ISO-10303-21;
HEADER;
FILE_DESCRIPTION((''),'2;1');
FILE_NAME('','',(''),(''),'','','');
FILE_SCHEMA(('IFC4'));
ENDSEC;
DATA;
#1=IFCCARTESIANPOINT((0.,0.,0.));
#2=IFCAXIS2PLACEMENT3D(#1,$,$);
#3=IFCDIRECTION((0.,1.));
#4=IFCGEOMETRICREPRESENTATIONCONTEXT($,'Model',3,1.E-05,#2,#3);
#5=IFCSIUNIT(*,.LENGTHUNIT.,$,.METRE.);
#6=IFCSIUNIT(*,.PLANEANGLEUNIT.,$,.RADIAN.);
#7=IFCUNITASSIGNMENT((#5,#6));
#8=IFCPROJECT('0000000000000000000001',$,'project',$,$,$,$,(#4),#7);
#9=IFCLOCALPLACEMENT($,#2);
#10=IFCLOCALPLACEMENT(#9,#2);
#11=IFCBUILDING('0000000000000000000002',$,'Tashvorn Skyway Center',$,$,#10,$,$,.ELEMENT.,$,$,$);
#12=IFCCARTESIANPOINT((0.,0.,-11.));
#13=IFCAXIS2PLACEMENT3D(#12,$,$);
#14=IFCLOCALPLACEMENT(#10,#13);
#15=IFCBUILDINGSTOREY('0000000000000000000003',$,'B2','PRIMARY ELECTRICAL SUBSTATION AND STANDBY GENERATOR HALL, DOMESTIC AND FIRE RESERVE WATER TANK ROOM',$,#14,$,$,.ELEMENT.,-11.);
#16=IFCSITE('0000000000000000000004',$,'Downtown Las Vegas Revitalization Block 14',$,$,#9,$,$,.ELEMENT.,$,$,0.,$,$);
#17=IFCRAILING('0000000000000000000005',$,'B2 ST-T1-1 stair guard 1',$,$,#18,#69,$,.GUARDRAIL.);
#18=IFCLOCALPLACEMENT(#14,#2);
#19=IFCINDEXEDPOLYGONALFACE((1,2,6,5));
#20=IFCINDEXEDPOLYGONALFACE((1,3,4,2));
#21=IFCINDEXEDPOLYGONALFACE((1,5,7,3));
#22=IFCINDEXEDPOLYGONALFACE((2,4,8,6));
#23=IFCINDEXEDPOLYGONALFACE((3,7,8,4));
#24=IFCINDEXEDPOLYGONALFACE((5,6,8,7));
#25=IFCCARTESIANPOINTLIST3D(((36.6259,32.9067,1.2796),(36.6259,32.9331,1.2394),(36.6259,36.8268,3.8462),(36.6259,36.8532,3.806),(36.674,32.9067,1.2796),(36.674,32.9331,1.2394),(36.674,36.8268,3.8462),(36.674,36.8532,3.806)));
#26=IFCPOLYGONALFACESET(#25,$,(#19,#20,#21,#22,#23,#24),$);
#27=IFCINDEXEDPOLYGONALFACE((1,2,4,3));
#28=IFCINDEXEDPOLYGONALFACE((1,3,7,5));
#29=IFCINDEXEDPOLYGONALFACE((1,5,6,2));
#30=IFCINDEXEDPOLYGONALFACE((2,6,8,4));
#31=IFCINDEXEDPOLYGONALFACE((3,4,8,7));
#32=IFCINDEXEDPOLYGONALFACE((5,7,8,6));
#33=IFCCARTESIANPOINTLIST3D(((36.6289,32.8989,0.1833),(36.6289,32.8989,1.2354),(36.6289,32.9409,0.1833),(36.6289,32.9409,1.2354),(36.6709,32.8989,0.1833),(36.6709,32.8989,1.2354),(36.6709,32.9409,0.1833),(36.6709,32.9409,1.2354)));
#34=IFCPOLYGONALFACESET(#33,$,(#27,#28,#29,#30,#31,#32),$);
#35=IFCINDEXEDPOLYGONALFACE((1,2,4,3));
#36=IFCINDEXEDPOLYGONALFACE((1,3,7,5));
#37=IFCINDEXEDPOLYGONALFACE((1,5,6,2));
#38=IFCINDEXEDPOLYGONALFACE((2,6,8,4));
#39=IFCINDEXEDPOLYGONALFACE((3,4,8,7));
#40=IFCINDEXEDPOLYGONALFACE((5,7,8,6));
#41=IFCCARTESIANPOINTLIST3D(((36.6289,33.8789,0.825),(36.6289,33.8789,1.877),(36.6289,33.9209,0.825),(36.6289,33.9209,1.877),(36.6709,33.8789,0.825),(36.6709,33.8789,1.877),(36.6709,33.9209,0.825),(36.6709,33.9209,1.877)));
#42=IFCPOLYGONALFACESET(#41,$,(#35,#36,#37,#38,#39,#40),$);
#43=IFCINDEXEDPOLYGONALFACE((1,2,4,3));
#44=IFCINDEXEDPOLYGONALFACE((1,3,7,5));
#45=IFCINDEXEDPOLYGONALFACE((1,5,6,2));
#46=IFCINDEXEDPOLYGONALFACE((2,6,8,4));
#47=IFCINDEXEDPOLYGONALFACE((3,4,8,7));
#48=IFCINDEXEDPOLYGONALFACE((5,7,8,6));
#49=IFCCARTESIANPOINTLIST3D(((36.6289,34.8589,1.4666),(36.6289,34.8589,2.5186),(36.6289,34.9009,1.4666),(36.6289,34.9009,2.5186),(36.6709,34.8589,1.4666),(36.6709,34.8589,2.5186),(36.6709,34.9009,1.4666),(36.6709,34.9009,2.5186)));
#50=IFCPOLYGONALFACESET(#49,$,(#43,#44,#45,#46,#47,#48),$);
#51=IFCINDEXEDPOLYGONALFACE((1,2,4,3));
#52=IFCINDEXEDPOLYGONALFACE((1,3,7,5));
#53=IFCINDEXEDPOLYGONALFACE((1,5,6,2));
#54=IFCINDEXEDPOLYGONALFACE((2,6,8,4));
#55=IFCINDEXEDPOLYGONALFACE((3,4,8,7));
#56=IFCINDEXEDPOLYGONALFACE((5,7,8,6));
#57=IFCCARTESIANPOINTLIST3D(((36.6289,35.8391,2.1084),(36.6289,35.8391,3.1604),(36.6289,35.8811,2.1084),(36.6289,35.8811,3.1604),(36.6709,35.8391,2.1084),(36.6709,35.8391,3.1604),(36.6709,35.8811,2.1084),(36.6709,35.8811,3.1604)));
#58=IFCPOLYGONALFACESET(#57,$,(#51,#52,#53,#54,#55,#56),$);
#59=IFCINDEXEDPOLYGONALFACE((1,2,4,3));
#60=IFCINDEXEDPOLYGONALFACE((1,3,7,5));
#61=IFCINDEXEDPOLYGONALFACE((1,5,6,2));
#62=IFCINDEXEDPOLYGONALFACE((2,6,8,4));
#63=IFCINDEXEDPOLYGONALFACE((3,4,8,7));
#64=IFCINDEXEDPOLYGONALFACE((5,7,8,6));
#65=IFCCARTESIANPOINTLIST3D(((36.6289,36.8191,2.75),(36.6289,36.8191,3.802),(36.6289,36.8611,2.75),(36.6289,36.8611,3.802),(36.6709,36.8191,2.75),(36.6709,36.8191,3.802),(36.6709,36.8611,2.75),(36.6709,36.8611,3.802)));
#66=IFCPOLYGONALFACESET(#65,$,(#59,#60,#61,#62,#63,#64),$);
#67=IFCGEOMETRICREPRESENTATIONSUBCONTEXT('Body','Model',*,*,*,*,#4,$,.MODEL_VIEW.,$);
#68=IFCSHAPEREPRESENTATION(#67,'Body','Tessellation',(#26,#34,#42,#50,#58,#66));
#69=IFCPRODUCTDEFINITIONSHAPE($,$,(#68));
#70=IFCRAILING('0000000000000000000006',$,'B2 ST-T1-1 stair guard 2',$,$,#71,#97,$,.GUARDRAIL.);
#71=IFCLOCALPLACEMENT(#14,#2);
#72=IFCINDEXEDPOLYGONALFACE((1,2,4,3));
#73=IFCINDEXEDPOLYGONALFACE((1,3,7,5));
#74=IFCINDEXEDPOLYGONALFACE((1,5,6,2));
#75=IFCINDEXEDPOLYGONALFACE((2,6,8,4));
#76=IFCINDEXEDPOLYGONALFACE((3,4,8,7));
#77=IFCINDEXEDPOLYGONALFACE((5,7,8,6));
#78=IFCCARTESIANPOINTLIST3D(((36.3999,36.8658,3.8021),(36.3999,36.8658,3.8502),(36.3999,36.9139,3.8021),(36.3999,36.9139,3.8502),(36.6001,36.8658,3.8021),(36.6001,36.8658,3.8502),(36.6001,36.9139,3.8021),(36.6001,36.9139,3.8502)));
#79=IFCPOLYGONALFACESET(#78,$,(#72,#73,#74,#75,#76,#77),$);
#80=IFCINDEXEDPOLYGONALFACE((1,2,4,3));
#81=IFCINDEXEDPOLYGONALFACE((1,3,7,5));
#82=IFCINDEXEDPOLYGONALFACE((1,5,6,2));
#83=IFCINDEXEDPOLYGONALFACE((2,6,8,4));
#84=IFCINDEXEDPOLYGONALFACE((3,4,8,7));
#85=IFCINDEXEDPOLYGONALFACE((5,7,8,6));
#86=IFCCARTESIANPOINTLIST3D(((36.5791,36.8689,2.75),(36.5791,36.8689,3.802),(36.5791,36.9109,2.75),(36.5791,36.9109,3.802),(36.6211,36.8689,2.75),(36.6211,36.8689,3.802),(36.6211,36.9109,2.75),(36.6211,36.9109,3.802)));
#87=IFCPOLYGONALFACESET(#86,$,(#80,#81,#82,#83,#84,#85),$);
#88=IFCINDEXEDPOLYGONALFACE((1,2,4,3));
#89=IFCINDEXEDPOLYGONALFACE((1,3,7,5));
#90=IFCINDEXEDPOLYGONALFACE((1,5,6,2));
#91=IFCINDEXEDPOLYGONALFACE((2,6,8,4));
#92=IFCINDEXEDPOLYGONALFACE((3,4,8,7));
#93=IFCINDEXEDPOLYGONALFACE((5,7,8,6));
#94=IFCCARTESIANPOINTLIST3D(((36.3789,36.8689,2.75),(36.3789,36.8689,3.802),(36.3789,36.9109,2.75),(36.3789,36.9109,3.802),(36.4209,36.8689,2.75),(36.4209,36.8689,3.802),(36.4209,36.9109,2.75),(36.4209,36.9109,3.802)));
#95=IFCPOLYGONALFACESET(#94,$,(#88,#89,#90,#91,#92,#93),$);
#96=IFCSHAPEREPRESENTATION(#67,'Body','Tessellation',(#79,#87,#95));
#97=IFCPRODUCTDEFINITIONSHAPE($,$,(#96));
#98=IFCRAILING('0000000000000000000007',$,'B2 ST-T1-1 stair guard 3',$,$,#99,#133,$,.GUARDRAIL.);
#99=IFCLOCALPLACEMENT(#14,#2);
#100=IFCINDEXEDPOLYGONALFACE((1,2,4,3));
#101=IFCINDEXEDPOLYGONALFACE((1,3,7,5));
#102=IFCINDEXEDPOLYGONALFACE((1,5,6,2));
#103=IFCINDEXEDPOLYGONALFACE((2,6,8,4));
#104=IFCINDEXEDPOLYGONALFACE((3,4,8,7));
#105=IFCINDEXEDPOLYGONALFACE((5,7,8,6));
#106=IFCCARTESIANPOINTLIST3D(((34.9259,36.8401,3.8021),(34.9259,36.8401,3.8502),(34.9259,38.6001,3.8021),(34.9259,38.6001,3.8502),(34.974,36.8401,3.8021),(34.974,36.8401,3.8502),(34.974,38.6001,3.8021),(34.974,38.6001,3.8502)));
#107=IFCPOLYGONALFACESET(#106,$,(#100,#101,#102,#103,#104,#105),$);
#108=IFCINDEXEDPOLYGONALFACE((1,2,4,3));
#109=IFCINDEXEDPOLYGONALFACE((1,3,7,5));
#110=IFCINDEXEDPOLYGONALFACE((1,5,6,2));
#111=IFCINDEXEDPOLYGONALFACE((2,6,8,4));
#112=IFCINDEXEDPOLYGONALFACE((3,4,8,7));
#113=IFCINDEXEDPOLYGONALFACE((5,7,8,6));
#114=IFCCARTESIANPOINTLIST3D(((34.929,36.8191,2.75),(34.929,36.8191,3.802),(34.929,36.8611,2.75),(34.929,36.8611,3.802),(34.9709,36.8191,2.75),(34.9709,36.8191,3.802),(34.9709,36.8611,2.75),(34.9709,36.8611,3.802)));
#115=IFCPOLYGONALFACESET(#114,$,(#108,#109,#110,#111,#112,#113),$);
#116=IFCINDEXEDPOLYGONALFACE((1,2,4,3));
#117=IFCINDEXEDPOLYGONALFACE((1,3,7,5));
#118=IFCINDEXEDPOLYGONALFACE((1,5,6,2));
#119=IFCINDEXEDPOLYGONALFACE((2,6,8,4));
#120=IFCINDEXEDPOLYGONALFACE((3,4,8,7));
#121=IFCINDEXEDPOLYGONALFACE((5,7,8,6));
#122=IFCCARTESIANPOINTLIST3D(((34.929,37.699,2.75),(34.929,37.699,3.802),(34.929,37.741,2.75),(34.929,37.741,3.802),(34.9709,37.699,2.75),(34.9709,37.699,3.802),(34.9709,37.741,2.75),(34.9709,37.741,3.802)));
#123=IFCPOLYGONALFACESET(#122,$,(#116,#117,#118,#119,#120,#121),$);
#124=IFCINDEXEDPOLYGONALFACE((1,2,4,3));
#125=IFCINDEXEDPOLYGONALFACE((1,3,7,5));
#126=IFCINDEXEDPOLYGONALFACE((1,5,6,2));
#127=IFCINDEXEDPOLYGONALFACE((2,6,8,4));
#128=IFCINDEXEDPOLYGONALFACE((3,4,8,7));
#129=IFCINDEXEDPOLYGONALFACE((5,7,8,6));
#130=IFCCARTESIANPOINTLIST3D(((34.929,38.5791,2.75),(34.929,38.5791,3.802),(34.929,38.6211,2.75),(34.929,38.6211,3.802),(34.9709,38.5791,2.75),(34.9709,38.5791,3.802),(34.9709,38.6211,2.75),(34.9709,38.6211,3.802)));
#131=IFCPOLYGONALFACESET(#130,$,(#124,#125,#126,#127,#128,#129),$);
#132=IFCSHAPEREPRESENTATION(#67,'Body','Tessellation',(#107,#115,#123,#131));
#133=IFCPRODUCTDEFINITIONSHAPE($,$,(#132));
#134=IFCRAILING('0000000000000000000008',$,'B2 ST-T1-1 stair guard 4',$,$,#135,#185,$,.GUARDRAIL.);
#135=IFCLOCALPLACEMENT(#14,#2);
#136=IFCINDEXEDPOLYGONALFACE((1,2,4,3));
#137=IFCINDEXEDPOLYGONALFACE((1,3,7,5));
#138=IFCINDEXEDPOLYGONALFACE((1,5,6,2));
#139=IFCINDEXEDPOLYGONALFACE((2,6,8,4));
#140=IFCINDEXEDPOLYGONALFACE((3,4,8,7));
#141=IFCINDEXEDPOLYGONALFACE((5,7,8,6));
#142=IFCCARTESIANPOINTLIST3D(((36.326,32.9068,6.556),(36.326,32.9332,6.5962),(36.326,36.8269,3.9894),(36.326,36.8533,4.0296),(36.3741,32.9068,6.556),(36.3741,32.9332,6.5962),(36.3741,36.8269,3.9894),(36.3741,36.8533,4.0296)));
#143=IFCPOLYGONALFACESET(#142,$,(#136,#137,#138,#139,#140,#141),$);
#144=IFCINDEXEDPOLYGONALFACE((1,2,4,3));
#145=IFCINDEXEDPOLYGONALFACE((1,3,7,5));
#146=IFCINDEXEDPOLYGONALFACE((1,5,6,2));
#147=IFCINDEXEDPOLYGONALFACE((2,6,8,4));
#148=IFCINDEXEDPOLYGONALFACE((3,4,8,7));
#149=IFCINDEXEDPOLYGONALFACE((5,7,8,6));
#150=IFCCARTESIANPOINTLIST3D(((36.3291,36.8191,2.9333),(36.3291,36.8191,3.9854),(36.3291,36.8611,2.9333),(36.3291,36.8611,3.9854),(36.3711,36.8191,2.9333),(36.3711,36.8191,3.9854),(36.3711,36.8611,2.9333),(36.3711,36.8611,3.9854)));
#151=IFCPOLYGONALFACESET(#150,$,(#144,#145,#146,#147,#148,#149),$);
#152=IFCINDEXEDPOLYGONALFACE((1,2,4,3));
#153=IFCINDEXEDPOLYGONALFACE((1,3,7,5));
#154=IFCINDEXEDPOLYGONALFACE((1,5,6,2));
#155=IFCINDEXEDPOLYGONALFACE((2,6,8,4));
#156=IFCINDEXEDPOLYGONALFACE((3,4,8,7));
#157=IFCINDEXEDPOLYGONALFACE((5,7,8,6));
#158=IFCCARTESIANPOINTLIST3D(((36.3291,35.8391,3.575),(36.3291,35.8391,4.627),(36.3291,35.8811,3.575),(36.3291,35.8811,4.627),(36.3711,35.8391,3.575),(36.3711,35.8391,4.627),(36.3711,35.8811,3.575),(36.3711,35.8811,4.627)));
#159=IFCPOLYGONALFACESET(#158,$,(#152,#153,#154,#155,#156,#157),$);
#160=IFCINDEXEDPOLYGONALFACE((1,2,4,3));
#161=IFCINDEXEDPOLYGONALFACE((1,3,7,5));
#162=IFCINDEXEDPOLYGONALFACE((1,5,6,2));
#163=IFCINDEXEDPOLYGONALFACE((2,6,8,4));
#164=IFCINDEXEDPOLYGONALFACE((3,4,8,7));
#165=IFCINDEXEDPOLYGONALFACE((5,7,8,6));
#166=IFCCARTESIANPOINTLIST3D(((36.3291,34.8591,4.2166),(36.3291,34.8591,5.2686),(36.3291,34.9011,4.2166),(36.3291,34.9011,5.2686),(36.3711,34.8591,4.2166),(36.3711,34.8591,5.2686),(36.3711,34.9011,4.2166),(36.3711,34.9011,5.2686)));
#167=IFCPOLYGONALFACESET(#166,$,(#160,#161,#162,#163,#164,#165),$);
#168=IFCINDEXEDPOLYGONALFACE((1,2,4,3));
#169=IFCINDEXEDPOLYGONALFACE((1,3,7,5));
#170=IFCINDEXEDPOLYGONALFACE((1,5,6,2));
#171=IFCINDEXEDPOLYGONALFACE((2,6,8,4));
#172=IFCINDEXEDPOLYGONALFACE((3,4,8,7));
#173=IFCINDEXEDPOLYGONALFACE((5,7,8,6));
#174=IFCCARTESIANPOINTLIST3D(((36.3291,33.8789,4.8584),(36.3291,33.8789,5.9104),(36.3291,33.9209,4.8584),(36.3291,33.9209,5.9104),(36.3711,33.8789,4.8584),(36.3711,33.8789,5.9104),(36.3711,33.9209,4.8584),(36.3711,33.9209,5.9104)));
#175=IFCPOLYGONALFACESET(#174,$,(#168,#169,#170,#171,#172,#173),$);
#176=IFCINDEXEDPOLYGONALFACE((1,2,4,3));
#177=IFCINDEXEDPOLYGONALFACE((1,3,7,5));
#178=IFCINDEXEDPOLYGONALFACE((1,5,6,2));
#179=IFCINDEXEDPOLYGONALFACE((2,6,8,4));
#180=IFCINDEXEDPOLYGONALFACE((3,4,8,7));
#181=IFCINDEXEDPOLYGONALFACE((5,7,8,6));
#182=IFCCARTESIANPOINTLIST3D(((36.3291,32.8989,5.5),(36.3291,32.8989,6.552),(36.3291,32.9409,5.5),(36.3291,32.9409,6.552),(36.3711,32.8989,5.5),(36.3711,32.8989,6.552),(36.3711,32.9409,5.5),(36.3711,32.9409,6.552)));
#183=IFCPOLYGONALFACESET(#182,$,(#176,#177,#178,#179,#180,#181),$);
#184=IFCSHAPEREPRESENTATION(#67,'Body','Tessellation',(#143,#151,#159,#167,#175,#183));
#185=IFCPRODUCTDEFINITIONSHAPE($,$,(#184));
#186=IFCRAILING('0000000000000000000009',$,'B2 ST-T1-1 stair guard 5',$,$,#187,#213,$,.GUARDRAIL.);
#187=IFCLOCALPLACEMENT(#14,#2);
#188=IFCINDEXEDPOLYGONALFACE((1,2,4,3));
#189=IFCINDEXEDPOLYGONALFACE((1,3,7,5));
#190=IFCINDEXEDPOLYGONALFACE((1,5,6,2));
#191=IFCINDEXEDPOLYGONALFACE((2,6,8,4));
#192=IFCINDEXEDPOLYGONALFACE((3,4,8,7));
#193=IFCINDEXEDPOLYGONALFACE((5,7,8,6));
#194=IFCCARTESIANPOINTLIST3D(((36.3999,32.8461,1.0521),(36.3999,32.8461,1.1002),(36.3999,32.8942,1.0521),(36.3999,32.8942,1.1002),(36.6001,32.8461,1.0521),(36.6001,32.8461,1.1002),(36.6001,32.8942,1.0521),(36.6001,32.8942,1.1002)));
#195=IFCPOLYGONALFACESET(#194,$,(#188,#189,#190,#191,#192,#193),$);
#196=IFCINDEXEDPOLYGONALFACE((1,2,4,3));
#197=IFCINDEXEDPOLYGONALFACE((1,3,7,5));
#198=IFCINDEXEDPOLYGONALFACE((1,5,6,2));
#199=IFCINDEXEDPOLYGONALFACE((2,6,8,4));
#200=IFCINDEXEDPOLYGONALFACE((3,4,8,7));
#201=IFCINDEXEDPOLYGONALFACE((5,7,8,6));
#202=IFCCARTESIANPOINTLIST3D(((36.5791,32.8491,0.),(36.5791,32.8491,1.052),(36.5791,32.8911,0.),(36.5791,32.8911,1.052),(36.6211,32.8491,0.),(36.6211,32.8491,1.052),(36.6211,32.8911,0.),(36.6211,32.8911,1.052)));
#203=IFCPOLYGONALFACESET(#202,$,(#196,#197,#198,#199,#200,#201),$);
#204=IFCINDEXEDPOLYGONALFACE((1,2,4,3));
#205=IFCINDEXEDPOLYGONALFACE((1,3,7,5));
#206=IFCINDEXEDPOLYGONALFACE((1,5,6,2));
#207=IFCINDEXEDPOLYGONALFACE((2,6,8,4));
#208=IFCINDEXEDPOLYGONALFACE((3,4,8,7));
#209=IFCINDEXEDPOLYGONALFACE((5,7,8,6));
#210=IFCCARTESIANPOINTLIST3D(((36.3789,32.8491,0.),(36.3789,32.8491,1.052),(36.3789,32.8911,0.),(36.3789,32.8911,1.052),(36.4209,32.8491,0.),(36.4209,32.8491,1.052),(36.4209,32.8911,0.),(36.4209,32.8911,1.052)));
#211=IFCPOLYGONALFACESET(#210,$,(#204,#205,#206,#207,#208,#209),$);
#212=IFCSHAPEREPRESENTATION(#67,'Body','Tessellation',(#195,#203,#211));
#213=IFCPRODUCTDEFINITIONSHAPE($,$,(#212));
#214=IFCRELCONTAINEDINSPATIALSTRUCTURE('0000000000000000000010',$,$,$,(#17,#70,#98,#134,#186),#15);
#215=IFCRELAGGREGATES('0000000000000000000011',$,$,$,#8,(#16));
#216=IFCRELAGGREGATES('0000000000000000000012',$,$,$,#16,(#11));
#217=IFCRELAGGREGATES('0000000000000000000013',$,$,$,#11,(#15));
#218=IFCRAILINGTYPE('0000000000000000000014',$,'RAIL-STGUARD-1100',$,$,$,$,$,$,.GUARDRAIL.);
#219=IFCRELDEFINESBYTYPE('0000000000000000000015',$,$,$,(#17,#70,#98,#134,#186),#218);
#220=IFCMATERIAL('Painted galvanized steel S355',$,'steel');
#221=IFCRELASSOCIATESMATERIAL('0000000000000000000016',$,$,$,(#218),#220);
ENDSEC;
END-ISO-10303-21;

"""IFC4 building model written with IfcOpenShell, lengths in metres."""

from ifc_helpers import new_model, si_unit, direction, frame, origin, origin_2d, place, context, subcontext, project, spatial, rectangle, extrude, material, type_object, element, save


model = new_model("IFC4")

# Units and contexts
model_context = context("Model", 3, precision=1e-05, world=origin(), true_north=direction((0.0, 1.0)))
body_context = subcontext(model_context, "Body", "Model", "MODEL_VIEW")
ifc_project = project(units=[si_unit("LENGTHUNIT", "METRE"), si_unit("PLANEANGLEUNIT", "RADIAN")], contexts=[model_context])

# Site, building, storey
site_placement = place(None, origin())
site = spatial("IfcSite", under=ifc_project, at=site_placement, Name="Downtown Las Vegas Revitalization Block 14", CompositionType="ELEMENT", RefElevation=0.0)
building_placement = place(site_placement, origin())
building = spatial("IfcBuilding", under=site, at=building_placement, Name="Tashvorn Skyway Center", CompositionType="ELEMENT")
storey_placement = place(building_placement, frame((0.0, 0.0, -11.0)))
storey = spatial("IfcBuildingStorey", under=building, at=storey_placement, Name="B2", Description="PRIMARY ELECTRICAL SUBSTATION AND STANDBY GENERATOR HALL, DOMESTIC AND FIRE RESERVE WATER TANK ROOM", CompositionType="ELEMENT", Elevation=-11.0)

# Railings
ifc_material_1 = material(Name="Painted galvanized steel S355", Category="steel")
railing_type_1 = type_object("IfcRailingType", Name="RAIL-STGUARD-1100", PredefinedType="GUARDRAIL", material=ifc_material_1)
railing_1_placement = place(storey_placement, frame((36.6499, 32.9199, 0.1833)))
element("IfcRailing", 1, at=railing_1_placement, inside=storey, type_object=railing_type_1, Name="B2 ST-T1-1 stair guard 1", PredefinedType="GUARDRAIL", context=body_context, shape_type="SweptSolid", body=[
    extrude(rectangle(XDim=0.0481, YDim=0.0481, at=origin_2d()), frame((0.0, 0.0, 1.0762), z_axis=(0.0, 0.836631, 0.547767), x_axis=(-1.0, 0.0, 0.0)), (0.0, 0.0, 1.0), 4.6855),
    extrude(rectangle(XDim=0.042, YDim=0.042, at=origin_2d()), origin(), (0.0, 0.0, 1.0), 1.052),
    extrude(rectangle(XDim=0.042, YDim=0.042, at=origin_2d()), frame((0.0, 0.98, 0.6416)), (0.0, 0.0, 1.0), 1.052),
    extrude(rectangle(XDim=0.042, YDim=0.042, at=origin_2d()), frame((0.0, 1.96, 1.2832)), (0.0, 0.0, 1.0), 1.052),
    extrude(rectangle(XDim=0.042, YDim=0.042, at=origin_2d()), frame((0.0, 2.9402, 1.925)), (0.0, 0.0, 1.0), 1.052),
    extrude(rectangle(XDim=0.042, YDim=0.042, at=origin_2d()), frame((0.0, 3.9202, 2.5667)), (0.0, 0.0, 1.0), 1.052),
])
railing_2_placement = place(storey_placement, frame((36.6001, 36.8899, 2.75)))
element("IfcRailing", 2, at=railing_2_placement, inside=storey, type_object=railing_type_1, Name="B2 ST-T1-1 stair guard 2", PredefinedType="GUARDRAIL", context=body_context, shape_type="SweptSolid", body=[
    extrude(rectangle(XDim=0.0481, YDim=0.0481, at=origin_2d()), frame((0.0, 0.0, 1.0762), z_axis=(-1.0, 0.0, 0.0), x_axis=(0.0, -1.0, 0.0)), (0.0, 0.0, 1.0), 0.2002),
    extrude(rectangle(XDim=0.042, YDim=0.042, at=origin_2d()), origin(), (0.0, 0.0, 1.0), 1.052),
    extrude(rectangle(XDim=0.042, YDim=0.042, at=origin_2d()), frame((-0.2002, 0.0, 0.0)), (0.0, 0.0, 1.0), 1.052),
])
railing_3_placement = place(storey_placement, frame((34.95, 36.8401, 2.75)))
element("IfcRailing", 3, at=railing_3_placement, inside=storey, type_object=railing_type_1, Name="B2 ST-T1-1 stair guard 3", PredefinedType="GUARDRAIL", context=body_context, shape_type="SweptSolid", body=[
    extrude(rectangle(XDim=0.0481, YDim=0.0481, at=origin_2d()), frame((0.0, 0.0, 1.0762), z_axis=(0.0, 1.0, 0.0), x_axis=(-1.0, 0.0, 0.0)), (0.0, 0.0, 1.0), 1.76),
    extrude(rectangle(XDim=0.042, YDim=0.042, at=origin_2d()), origin(), (0.0, 0.0, 1.0), 1.052),
    extrude(rectangle(XDim=0.042, YDim=0.042, at=origin_2d()), frame((0.0, 0.8799, 0.0)), (0.0, 0.0, 1.0), 1.052),
    extrude(rectangle(XDim=0.042, YDim=0.042, at=origin_2d()), frame((0.0, 1.76, 0.0)), (0.0, 0.0, 1.0), 1.052),
])
railing_4_placement = place(storey_placement, frame((36.3501, 36.8401, 2.9333)))
element("IfcRailing", 4, at=railing_4_placement, inside=storey, type_object=railing_type_1, Name="B2 ST-T1-1 stair guard 4", PredefinedType="GUARDRAIL", context=body_context, shape_type="SweptSolid", body=[
    extrude(rectangle(XDim=0.0481, YDim=0.0481, at=origin_2d()), frame((0.0, 0.0, 1.0762), z_axis=(0.0, -0.836631, 0.547767), x_axis=(1.0, 0.0, 0.0)), (0.0, 0.0, 1.0), 4.6855),
    extrude(rectangle(XDim=0.042, YDim=0.042, at=origin_2d()), origin(), (0.0, 0.0, 1.0), 1.052),
    extrude(rectangle(XDim=0.042, YDim=0.042, at=origin_2d()), frame((0.0, -0.98, 0.6416)), (0.0, 0.0, 1.0), 1.052),
    extrude(rectangle(XDim=0.042, YDim=0.042, at=origin_2d()), frame((0.0, -1.96, 1.2832)), (0.0, 0.0, 1.0), 1.052),
    extrude(rectangle(XDim=0.042, YDim=0.042, at=origin_2d()), frame((0.0, -2.9402, 1.925)), (0.0, 0.0, 1.0), 1.052),
    extrude(rectangle(XDim=0.042, YDim=0.042, at=origin_2d()), frame((0.0, -3.9202, 2.5667)), (0.0, 0.0, 1.0), 1.052),
])
railing_5_placement = place(storey_placement, frame((36.6001, 32.8701, 0.0)))
element("IfcRailing", 5, at=railing_5_placement, inside=storey, type_object=railing_type_1, Name="B2 ST-T1-1 stair guard 5", PredefinedType="GUARDRAIL", context=body_context, shape_type="SweptSolid", body=[
    extrude(rectangle(XDim=0.0481, YDim=0.0481, at=origin_2d()), frame((0.0, 0.0, 1.0762), z_axis=(-1.0, 0.0, 0.0), x_axis=(0.0, -1.0, 0.0)), (0.0, 0.0, 1.0), 0.2002),
    extrude(rectangle(XDim=0.042, YDim=0.042, at=origin_2d()), origin(), (0.0, 0.0, 1.0), 1.052),
    extrude(rectangle(XDim=0.042, YDim=0.042, at=origin_2d()), frame((-0.2002, 0.0, 0.0)), (0.0, 0.0, 1.0), 1.052),
])

save(model, "model.ifc")
